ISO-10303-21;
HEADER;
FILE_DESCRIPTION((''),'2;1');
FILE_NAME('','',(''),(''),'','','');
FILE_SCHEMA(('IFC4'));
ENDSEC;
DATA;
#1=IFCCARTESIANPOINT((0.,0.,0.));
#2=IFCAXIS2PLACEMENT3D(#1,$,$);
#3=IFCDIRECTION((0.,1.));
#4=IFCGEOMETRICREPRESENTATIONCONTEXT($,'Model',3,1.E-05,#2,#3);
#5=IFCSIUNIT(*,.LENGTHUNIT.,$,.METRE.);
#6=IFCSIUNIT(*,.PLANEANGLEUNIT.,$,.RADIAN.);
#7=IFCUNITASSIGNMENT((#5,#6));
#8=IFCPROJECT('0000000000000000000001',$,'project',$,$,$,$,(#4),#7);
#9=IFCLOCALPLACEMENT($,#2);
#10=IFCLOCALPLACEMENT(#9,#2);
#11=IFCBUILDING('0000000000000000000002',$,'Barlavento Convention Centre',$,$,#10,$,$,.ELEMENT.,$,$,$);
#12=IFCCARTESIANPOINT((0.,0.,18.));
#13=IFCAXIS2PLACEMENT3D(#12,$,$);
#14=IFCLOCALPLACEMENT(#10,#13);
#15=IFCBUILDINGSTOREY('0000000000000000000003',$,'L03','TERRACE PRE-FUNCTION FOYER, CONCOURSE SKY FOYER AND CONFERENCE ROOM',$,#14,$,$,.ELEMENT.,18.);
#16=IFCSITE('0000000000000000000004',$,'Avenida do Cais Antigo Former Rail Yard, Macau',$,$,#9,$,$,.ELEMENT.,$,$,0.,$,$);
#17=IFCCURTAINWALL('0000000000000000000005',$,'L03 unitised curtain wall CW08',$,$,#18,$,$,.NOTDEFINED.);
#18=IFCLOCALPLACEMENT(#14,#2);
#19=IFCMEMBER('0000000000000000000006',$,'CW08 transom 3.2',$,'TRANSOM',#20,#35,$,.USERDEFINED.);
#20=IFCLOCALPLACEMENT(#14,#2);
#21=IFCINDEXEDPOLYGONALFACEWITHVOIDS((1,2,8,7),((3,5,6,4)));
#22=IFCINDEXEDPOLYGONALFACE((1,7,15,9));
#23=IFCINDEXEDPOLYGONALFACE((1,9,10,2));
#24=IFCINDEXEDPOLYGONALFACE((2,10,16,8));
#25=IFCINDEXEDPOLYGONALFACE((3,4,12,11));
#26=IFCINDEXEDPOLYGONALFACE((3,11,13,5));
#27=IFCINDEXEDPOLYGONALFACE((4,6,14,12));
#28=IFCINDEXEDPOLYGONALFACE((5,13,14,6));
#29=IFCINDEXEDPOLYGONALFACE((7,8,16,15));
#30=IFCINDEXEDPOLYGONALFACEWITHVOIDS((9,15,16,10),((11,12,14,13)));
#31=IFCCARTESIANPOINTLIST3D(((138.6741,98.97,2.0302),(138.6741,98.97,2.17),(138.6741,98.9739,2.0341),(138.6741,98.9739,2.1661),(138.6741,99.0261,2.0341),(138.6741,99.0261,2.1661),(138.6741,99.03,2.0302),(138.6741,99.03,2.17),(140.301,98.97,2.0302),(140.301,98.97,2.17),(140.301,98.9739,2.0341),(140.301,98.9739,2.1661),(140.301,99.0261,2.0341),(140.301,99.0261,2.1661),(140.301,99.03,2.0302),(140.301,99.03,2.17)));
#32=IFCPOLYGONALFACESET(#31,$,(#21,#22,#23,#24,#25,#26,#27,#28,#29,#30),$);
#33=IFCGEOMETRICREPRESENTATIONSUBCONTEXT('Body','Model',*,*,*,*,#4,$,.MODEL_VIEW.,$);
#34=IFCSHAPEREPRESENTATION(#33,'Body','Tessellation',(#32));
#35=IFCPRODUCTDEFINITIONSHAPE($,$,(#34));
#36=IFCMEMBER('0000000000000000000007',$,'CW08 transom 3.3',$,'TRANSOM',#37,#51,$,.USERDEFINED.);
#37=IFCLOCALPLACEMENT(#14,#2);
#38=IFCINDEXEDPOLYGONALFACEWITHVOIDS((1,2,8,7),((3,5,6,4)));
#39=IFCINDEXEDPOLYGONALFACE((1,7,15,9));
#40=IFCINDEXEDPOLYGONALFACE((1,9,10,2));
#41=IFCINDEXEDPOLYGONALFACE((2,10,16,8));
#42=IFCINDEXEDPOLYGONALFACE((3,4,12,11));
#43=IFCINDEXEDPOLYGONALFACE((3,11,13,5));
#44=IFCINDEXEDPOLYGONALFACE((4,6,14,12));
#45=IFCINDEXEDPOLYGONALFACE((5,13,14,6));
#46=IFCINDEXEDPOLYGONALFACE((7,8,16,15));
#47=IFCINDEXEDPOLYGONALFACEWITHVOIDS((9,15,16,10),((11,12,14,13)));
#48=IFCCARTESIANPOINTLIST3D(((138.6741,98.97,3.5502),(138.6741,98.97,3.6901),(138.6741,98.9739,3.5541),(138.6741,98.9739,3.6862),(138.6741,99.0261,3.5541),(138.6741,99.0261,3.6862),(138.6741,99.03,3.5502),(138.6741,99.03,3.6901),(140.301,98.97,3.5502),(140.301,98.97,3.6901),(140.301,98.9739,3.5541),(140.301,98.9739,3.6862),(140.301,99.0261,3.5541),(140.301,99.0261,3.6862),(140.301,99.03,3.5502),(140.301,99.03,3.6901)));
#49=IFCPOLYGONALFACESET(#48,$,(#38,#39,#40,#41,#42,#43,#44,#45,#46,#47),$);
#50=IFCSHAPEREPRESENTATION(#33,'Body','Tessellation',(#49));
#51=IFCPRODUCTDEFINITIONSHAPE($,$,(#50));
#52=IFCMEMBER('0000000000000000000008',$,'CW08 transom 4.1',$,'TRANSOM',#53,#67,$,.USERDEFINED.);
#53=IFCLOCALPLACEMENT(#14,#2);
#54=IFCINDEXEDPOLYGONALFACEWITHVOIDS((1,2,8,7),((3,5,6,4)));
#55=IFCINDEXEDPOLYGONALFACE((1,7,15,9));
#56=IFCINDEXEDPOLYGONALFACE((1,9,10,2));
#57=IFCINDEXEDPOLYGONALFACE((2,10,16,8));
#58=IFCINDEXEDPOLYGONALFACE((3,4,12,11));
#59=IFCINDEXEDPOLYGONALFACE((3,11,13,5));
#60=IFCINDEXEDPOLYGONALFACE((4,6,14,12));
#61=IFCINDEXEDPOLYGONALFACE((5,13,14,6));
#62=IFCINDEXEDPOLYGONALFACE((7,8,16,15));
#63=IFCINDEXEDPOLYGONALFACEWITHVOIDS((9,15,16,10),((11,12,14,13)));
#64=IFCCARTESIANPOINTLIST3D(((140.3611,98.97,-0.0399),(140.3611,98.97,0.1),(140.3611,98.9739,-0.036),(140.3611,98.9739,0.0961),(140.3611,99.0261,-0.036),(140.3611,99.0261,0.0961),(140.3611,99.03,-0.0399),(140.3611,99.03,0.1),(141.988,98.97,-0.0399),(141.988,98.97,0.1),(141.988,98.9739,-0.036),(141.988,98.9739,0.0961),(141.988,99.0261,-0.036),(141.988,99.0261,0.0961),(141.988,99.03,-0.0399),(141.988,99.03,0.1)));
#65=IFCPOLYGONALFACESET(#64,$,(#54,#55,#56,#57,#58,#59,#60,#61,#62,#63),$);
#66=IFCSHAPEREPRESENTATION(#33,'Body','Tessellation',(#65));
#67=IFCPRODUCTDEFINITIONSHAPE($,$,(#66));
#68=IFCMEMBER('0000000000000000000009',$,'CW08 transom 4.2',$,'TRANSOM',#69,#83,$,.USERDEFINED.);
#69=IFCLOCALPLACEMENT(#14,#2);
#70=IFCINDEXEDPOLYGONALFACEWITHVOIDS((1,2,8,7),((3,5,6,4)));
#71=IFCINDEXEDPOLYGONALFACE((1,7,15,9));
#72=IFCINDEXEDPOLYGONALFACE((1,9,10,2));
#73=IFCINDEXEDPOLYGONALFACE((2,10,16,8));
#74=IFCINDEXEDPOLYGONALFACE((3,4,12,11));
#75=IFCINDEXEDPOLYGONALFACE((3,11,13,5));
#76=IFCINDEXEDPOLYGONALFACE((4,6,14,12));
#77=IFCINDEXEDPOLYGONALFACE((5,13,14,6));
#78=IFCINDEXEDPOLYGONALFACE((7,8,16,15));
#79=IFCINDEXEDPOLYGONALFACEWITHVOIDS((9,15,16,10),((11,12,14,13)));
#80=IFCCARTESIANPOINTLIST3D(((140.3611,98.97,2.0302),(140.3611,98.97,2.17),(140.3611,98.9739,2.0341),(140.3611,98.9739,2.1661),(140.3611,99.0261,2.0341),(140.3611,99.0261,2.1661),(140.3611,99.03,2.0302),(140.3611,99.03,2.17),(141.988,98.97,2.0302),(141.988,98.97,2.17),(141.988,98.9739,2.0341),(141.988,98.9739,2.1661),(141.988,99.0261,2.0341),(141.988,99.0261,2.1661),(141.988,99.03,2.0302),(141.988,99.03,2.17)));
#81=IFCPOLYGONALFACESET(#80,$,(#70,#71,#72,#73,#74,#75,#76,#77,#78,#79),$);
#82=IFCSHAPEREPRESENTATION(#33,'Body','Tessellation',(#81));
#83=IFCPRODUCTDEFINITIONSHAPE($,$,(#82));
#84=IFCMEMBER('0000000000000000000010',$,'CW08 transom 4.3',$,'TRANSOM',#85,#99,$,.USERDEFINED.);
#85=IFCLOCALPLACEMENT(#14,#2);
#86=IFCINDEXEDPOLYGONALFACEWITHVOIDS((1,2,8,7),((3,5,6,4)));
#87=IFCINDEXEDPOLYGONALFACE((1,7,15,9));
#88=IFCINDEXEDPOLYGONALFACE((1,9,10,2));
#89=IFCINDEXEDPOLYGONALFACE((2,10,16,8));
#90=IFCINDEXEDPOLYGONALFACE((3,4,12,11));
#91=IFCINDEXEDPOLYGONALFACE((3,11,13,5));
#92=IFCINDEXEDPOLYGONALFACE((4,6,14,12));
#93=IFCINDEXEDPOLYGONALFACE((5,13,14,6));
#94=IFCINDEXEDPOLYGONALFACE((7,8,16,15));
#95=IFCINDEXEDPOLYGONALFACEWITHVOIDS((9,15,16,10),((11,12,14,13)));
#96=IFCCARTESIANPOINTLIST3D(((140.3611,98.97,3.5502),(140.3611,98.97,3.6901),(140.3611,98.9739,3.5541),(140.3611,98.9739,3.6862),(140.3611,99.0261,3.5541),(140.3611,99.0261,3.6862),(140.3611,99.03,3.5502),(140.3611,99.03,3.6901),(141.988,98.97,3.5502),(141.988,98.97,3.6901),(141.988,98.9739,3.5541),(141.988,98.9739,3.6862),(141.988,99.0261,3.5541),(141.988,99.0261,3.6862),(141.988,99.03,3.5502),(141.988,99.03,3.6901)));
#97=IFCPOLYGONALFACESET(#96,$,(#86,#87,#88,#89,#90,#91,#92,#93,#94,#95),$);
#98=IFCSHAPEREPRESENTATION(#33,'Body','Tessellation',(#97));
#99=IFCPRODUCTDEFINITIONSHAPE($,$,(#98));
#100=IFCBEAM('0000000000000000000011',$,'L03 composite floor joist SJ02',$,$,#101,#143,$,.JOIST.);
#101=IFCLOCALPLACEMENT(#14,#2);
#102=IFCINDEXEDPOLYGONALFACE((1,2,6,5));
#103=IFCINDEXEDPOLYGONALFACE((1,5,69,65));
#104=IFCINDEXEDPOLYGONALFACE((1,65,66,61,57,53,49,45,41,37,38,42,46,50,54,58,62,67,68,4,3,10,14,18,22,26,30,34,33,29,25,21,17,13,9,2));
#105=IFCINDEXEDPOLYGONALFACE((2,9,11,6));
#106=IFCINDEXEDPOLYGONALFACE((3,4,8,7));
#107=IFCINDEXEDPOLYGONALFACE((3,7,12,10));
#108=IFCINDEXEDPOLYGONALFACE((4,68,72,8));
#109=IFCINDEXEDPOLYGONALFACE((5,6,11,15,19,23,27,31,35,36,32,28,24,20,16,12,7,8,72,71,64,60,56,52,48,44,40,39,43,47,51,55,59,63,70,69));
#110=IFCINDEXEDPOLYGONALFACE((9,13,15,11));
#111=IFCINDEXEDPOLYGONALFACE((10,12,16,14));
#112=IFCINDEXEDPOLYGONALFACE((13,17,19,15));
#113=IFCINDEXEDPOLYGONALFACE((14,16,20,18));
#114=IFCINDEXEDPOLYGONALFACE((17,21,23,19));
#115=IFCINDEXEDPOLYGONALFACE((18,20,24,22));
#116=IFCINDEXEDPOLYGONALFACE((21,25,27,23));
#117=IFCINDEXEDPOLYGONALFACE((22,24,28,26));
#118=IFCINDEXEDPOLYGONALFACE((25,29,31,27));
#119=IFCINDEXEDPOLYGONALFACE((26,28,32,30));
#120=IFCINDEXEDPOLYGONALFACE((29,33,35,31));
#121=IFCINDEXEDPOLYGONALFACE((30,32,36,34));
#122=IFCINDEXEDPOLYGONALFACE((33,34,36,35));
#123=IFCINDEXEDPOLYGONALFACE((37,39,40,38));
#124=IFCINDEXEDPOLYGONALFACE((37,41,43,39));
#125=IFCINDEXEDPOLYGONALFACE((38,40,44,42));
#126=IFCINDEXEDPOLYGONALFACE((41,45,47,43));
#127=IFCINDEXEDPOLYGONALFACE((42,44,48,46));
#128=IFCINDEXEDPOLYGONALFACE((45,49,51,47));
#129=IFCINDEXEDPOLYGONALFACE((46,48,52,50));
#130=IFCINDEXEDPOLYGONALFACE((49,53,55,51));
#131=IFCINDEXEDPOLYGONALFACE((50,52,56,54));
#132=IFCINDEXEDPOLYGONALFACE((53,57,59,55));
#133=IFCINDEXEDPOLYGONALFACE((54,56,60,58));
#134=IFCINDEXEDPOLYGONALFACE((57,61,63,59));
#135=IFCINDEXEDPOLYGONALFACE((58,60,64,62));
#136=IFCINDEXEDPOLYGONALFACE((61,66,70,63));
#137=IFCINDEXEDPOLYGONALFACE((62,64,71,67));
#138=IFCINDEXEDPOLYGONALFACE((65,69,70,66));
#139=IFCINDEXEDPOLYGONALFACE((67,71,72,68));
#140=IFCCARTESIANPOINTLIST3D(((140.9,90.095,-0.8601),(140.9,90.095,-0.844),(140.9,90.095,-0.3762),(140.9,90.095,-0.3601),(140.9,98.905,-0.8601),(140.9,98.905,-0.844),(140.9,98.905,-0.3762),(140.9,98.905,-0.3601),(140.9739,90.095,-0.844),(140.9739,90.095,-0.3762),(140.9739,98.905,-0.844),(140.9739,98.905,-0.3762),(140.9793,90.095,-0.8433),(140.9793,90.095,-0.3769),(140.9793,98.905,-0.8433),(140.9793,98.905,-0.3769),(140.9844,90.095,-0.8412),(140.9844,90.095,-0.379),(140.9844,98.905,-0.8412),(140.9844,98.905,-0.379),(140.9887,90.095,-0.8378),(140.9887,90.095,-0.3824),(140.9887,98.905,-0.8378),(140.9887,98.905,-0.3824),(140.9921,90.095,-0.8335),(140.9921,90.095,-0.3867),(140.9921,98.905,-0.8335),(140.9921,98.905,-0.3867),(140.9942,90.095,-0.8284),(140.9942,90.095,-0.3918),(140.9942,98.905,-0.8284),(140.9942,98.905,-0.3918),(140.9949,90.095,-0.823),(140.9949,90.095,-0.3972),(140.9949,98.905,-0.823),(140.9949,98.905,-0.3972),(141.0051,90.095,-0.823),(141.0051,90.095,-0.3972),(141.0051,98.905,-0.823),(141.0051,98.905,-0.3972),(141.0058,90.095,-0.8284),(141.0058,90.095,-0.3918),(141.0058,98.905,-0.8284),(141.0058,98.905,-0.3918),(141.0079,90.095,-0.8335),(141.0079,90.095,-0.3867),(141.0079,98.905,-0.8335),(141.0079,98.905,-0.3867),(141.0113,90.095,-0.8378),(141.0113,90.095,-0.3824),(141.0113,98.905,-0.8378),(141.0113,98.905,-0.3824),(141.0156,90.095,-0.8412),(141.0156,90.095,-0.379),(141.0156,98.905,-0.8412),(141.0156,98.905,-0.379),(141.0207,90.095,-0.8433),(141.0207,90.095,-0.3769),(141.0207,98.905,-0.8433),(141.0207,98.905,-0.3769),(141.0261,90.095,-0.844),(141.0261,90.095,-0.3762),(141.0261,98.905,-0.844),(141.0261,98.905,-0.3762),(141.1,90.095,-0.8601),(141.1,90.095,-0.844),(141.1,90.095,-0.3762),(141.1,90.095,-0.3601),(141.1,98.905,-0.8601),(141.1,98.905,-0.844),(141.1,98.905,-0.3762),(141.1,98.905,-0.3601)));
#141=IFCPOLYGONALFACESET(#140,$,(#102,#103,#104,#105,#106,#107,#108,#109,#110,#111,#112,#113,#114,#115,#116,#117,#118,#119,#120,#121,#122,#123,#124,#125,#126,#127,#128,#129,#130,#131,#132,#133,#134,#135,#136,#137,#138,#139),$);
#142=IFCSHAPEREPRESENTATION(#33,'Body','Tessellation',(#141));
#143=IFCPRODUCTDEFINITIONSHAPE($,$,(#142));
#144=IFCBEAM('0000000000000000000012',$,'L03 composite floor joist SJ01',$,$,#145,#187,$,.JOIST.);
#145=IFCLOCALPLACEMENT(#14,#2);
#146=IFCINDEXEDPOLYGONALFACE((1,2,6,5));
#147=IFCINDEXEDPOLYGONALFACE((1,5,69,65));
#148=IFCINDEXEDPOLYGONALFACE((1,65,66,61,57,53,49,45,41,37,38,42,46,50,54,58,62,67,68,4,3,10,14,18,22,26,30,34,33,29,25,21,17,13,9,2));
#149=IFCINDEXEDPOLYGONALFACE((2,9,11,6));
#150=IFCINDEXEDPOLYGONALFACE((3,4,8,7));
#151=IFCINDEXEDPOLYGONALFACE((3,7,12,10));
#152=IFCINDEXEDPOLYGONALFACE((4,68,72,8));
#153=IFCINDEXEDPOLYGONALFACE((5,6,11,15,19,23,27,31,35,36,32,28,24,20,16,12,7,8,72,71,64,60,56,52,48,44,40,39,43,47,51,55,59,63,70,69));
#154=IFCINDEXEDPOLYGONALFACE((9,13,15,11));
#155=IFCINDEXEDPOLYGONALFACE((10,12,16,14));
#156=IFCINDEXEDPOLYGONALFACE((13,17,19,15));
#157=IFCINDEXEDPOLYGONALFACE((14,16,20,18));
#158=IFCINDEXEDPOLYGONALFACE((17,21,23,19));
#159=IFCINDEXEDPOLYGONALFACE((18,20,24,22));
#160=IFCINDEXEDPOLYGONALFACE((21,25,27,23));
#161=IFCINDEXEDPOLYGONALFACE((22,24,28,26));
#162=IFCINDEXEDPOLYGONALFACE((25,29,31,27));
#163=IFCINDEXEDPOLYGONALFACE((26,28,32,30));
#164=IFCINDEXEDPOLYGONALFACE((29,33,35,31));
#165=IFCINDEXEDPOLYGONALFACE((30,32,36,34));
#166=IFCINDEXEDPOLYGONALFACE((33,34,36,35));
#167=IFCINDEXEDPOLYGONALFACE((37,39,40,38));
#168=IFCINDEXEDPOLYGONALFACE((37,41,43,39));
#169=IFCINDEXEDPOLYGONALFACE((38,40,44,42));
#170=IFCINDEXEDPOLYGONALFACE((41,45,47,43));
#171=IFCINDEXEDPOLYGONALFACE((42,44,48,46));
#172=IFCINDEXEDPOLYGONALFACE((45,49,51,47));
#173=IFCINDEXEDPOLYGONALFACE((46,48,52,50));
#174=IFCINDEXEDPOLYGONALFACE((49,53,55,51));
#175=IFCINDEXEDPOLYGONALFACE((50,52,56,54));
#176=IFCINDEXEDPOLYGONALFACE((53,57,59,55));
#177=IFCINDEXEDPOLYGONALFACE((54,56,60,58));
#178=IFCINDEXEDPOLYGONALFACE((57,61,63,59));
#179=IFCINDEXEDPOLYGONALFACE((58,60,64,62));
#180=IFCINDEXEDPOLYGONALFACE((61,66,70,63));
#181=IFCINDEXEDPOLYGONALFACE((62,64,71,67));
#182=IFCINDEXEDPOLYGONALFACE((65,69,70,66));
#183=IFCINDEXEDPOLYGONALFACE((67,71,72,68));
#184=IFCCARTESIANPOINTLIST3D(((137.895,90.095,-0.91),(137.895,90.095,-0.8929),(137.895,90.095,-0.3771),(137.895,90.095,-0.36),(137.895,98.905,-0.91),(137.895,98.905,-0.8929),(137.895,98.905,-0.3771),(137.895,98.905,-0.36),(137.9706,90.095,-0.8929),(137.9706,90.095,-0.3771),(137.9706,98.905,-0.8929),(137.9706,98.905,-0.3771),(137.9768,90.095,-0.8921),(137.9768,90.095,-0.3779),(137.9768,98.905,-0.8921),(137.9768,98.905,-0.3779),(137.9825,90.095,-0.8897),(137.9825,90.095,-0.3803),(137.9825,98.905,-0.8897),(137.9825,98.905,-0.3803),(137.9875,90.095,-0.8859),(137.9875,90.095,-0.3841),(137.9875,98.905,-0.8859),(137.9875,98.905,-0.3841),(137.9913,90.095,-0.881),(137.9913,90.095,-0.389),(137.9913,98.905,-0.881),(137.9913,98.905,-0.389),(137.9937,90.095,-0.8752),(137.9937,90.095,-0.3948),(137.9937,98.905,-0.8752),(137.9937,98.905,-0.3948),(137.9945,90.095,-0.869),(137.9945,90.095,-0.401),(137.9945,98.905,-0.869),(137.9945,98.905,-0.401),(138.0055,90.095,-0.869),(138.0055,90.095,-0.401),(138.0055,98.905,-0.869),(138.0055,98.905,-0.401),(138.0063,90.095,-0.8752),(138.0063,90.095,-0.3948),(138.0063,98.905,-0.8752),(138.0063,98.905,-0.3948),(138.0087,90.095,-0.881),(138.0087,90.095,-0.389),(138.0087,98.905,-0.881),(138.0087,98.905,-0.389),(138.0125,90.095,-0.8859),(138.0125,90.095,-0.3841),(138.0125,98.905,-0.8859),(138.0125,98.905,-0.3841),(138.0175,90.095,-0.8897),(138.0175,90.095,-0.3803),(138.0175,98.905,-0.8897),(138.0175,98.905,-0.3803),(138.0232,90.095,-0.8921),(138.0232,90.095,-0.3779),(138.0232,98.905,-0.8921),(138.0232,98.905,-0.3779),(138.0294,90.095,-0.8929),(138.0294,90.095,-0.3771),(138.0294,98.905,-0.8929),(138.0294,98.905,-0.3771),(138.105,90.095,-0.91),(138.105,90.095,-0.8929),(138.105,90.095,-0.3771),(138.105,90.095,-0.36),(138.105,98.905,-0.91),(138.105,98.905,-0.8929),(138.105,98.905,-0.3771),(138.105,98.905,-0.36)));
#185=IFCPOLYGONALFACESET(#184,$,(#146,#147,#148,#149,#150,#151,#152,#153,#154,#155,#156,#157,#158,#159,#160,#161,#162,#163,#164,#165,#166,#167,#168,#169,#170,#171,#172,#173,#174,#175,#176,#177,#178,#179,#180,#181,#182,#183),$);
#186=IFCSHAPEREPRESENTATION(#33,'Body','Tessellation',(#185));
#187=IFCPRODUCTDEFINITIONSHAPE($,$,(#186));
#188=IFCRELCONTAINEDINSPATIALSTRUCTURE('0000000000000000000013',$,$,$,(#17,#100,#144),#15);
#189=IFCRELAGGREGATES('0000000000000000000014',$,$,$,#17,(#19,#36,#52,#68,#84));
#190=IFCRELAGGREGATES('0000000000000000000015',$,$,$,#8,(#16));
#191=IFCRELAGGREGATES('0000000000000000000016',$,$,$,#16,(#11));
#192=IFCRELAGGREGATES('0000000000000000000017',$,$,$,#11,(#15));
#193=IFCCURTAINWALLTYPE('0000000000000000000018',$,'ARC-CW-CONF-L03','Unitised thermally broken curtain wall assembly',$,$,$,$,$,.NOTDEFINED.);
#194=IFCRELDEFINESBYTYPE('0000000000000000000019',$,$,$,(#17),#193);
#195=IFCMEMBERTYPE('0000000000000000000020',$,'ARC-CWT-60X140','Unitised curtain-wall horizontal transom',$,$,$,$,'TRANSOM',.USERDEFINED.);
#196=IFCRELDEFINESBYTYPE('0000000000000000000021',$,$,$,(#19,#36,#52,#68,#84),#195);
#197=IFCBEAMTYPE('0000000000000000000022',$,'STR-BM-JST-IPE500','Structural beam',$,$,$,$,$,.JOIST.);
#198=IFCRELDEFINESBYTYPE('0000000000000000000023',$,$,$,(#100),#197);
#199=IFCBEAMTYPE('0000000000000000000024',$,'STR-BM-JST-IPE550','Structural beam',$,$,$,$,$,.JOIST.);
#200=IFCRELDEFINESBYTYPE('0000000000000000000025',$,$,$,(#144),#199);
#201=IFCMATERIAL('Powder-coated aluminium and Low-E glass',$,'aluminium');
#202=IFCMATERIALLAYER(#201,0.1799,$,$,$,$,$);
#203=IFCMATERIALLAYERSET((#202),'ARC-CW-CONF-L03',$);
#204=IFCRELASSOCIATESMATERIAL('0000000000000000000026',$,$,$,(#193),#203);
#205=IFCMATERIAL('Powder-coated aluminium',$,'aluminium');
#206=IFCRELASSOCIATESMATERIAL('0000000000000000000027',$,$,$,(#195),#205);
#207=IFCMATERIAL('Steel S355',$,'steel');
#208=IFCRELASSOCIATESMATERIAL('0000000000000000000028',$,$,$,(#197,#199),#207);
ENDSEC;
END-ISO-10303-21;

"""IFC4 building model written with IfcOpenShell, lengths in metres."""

from ifc_helpers import new_model, si_unit, direction, frame, origin, origin_2d, place, context, subcontext, project, spatial, hollow_rectangle, i_section, extrude, material, layer, layer_set, material_profile, profile_set, type_object, element, aggregate, save


model = new_model("IFC4")

# Units and contexts
model_context = context("Model", 3, precision=1e-05, world=origin(), true_north=direction((0.0, 1.0)))
body_context = subcontext(model_context, "Body", "Model", "MODEL_VIEW")
ifc_project = project(units=[si_unit("LENGTHUNIT", "METRE"), si_unit("PLANEANGLEUNIT", "RADIAN")], contexts=[model_context])

# Site, building, storey
site_placement = place(None, origin())
site = spatial("IfcSite", under=ifc_project, at=site_placement, Name="Avenida do Cais Antigo Former Rail Yard, Macau", CompositionType="ELEMENT", RefElevation=0.0)
building_placement = place(site_placement, origin())
building = spatial("IfcBuilding", under=site, at=building_placement, Name="Barlavento Convention Centre", CompositionType="ELEMENT")
storey_placement = place(building_placement, frame((0.0, 0.0, 18.0)))
storey = spatial("IfcBuildingStorey", under=building, at=storey_placement, Name="L03", Description="TERRACE PRE-FUNCTION FOYER, CONCOURSE SKY FOYER AND CONFERENCE ROOM", CompositionType="ELEMENT", Elevation=18.0)

# Curtain wall, members
ifc_material_1 = material(Name="Powder-coated aluminium and Low-E glass", Category="aluminium")
ifc_layer_1 = layer(ifc_material_1, 0.1799)
ifc_layer_set_1 = layer_set([ifc_layer_1], Name="ARC-CW-CONF-L03")
curtain_wall_type = type_object("IfcCurtainWallType", Name="ARC-CW-CONF-L03", Description="Unitised thermally broken curtain wall assembly", PredefinedType="NOTDEFINED", material=ifc_layer_set_1)
curtain_wall_placement = place(storey_placement, origin())
curtain_wall = element("IfcCurtainWall", 1, at=curtain_wall_placement, inside=storey, type_object=curtain_wall_type, Name="L03 unitised curtain wall CW08", PredefinedType="NOTDEFINED")
ifc_material_2 = material(Name="Powder-coated aluminium", Category="aluminium")
ifc_material_profile_1 = material_profile(ifc_material_2, hollow_rectangle(XDim=0.0601, YDim=0.1399, WallThickness=0.0039, at=origin_2d()), Name="AL-TRAN 60x140x4")
ifc_profile_set_1 = profile_set([ifc_material_profile_1], Name="Powder-coated aluminium")
member_type_1 = type_object("IfcMemberType", Name="ARC-CWT-60X140", Description="Unitised curtain-wall horizontal transom", ElementType="TRANSOM", PredefinedType="USERDEFINED", material=ifc_profile_set_1)
member_1_placement = place(storey_placement, frame((138.6741, 99.0, 2.1001), z_axis=(1.0, 0.0, 0.0), x_axis=(0.0, 1.0, 0.0)))
member_1 = element("IfcMember", 2, at=member_1_placement, type_object=member_type_1, Name="CW08 transom 3.2", ObjectType="TRANSOM", PredefinedType="USERDEFINED", context=body_context, shape_type="SweptSolid", body=[
    extrude(hollow_rectangle(XDim=0.0601, YDim=0.1399, WallThickness=0.0039, at=origin_2d()), origin(), (0.0, 0.0, 1.0), 1.627),
])
member_2_placement = place(storey_placement, frame((138.6741, 99.0, 3.6201), z_axis=(1.0, 0.0, 0.0), x_axis=(0.0, 1.0, 0.0)))
member_2 = element("IfcMember", 3, at=member_2_placement, type_object=member_type_1, Name="CW08 transom 3.3", ObjectType="TRANSOM", PredefinedType="USERDEFINED", context=body_context, shape_type="SweptSolid", body=[
    extrude(hollow_rectangle(XDim=0.0601, YDim=0.1399, WallThickness=0.0039, at=origin_2d()), origin(), (0.0, 0.0, 1.0), 1.627),
])
member_3_placement = place(storey_placement, frame((140.3611, 99.0, 0.03), z_axis=(1.0, 0.0, 0.0), x_axis=(0.0, 1.0, 0.0)))
member_3 = element("IfcMember", 4, at=member_3_placement, type_object=member_type_1, Name="CW08 transom 4.1", ObjectType="TRANSOM", PredefinedType="USERDEFINED", context=body_context, shape_type="SweptSolid", body=[
    extrude(hollow_rectangle(XDim=0.0601, YDim=0.1399, WallThickness=0.0039, at=origin_2d()), origin(), (0.0, 0.0, 1.0), 1.627),
])
member_4_placement = place(storey_placement, frame((140.3611, 99.0, 2.1001), z_axis=(1.0, 0.0, 0.0), x_axis=(0.0, 1.0, 0.0)))
member_4 = element("IfcMember", 5, at=member_4_placement, type_object=member_type_1, Name="CW08 transom 4.2", ObjectType="TRANSOM", PredefinedType="USERDEFINED", context=body_context, shape_type="SweptSolid", body=[
    extrude(hollow_rectangle(XDim=0.0601, YDim=0.1399, WallThickness=0.0039, at=origin_2d()), origin(), (0.0, 0.0, 1.0), 1.627),
])
member_5_placement = place(storey_placement, frame((140.3611, 99.0, 3.6201), z_axis=(1.0, 0.0, 0.0), x_axis=(0.0, 1.0, 0.0)))
member_5 = element("IfcMember", 6, at=member_5_placement, type_object=member_type_1, Name="CW08 transom 4.3", ObjectType="TRANSOM", PredefinedType="USERDEFINED", context=body_context, shape_type="SweptSolid", body=[
    extrude(hollow_rectangle(XDim=0.0601, YDim=0.1399, WallThickness=0.0039, at=origin_2d()), origin(), (0.0, 0.0, 1.0), 1.627),
])

# Beams
ifc_material_3 = material(Name="Steel S355", Category="steel")
ifc_material_profile_2 = material_profile(ifc_material_3, i_section(OverallWidth=0.2, OverallDepth=0.5, WebThickness=0.0103, FlangeThickness=0.0161, FilletRadius=0.021, at=origin_2d()), Name="IPE 500")
ifc_profile_set_2 = profile_set([ifc_material_profile_2], Name="Steel S355")
beam_type_1 = type_object("IfcBeamType", Name="STR-BM-JST-IPE500", Description="Structural beam", PredefinedType="JOIST", material=ifc_profile_set_2)
beam_1_placement = place(storey_placement, frame((141.0, 90.095, -0.6101), z_axis=(0.0, 1.0, 0.0), x_axis=(-1.0, 0.0, 0.0)))
element("IfcBeam", 7, at=beam_1_placement, inside=storey, type_object=beam_type_1, Name="L03 composite floor joist SJ02", PredefinedType="JOIST", context=body_context, shape_type="SweptSolid", body=[
    extrude(i_section(OverallWidth=0.2, OverallDepth=0.5, WebThickness=0.0103, FlangeThickness=0.0161, FilletRadius=0.021, at=origin_2d()), origin(), (0.0, 0.0, 1.0), 8.8101),
])
ifc_material_profile_3 = material_profile(ifc_material_3, i_section(OverallWidth=0.21, OverallDepth=0.55, WebThickness=0.011, FlangeThickness=0.0171, FilletRadius=0.0239, at=origin_2d()), Name="IPE 550")
ifc_profile_set_3 = profile_set([ifc_material_profile_3], Name="Steel S355")
beam_type_2 = type_object("IfcBeamType", Name="STR-BM-JST-IPE550", Description="Structural beam", PredefinedType="JOIST", material=ifc_profile_set_3)
beam_2_placement = place(storey_placement, frame((138.0, 90.095, -0.635), z_axis=(0.0, 1.0, 0.0), x_axis=(-1.0, 0.0, 0.0)))
element("IfcBeam", 8, at=beam_2_placement, inside=storey, type_object=beam_type_2, Name="L03 composite floor joist SJ01", PredefinedType="JOIST", context=body_context, shape_type="SweptSolid", body=[
    extrude(i_section(OverallWidth=0.21, OverallDepth=0.55, WebThickness=0.011, FlangeThickness=0.0171, FilletRadius=0.0239, at=origin_2d()), origin(), (0.0, 0.0, 1.0), 8.8101),
])

aggregate(curtain_wall, [member_1, member_2, member_3, member_4, member_5])

save(model, "model.ifc")
